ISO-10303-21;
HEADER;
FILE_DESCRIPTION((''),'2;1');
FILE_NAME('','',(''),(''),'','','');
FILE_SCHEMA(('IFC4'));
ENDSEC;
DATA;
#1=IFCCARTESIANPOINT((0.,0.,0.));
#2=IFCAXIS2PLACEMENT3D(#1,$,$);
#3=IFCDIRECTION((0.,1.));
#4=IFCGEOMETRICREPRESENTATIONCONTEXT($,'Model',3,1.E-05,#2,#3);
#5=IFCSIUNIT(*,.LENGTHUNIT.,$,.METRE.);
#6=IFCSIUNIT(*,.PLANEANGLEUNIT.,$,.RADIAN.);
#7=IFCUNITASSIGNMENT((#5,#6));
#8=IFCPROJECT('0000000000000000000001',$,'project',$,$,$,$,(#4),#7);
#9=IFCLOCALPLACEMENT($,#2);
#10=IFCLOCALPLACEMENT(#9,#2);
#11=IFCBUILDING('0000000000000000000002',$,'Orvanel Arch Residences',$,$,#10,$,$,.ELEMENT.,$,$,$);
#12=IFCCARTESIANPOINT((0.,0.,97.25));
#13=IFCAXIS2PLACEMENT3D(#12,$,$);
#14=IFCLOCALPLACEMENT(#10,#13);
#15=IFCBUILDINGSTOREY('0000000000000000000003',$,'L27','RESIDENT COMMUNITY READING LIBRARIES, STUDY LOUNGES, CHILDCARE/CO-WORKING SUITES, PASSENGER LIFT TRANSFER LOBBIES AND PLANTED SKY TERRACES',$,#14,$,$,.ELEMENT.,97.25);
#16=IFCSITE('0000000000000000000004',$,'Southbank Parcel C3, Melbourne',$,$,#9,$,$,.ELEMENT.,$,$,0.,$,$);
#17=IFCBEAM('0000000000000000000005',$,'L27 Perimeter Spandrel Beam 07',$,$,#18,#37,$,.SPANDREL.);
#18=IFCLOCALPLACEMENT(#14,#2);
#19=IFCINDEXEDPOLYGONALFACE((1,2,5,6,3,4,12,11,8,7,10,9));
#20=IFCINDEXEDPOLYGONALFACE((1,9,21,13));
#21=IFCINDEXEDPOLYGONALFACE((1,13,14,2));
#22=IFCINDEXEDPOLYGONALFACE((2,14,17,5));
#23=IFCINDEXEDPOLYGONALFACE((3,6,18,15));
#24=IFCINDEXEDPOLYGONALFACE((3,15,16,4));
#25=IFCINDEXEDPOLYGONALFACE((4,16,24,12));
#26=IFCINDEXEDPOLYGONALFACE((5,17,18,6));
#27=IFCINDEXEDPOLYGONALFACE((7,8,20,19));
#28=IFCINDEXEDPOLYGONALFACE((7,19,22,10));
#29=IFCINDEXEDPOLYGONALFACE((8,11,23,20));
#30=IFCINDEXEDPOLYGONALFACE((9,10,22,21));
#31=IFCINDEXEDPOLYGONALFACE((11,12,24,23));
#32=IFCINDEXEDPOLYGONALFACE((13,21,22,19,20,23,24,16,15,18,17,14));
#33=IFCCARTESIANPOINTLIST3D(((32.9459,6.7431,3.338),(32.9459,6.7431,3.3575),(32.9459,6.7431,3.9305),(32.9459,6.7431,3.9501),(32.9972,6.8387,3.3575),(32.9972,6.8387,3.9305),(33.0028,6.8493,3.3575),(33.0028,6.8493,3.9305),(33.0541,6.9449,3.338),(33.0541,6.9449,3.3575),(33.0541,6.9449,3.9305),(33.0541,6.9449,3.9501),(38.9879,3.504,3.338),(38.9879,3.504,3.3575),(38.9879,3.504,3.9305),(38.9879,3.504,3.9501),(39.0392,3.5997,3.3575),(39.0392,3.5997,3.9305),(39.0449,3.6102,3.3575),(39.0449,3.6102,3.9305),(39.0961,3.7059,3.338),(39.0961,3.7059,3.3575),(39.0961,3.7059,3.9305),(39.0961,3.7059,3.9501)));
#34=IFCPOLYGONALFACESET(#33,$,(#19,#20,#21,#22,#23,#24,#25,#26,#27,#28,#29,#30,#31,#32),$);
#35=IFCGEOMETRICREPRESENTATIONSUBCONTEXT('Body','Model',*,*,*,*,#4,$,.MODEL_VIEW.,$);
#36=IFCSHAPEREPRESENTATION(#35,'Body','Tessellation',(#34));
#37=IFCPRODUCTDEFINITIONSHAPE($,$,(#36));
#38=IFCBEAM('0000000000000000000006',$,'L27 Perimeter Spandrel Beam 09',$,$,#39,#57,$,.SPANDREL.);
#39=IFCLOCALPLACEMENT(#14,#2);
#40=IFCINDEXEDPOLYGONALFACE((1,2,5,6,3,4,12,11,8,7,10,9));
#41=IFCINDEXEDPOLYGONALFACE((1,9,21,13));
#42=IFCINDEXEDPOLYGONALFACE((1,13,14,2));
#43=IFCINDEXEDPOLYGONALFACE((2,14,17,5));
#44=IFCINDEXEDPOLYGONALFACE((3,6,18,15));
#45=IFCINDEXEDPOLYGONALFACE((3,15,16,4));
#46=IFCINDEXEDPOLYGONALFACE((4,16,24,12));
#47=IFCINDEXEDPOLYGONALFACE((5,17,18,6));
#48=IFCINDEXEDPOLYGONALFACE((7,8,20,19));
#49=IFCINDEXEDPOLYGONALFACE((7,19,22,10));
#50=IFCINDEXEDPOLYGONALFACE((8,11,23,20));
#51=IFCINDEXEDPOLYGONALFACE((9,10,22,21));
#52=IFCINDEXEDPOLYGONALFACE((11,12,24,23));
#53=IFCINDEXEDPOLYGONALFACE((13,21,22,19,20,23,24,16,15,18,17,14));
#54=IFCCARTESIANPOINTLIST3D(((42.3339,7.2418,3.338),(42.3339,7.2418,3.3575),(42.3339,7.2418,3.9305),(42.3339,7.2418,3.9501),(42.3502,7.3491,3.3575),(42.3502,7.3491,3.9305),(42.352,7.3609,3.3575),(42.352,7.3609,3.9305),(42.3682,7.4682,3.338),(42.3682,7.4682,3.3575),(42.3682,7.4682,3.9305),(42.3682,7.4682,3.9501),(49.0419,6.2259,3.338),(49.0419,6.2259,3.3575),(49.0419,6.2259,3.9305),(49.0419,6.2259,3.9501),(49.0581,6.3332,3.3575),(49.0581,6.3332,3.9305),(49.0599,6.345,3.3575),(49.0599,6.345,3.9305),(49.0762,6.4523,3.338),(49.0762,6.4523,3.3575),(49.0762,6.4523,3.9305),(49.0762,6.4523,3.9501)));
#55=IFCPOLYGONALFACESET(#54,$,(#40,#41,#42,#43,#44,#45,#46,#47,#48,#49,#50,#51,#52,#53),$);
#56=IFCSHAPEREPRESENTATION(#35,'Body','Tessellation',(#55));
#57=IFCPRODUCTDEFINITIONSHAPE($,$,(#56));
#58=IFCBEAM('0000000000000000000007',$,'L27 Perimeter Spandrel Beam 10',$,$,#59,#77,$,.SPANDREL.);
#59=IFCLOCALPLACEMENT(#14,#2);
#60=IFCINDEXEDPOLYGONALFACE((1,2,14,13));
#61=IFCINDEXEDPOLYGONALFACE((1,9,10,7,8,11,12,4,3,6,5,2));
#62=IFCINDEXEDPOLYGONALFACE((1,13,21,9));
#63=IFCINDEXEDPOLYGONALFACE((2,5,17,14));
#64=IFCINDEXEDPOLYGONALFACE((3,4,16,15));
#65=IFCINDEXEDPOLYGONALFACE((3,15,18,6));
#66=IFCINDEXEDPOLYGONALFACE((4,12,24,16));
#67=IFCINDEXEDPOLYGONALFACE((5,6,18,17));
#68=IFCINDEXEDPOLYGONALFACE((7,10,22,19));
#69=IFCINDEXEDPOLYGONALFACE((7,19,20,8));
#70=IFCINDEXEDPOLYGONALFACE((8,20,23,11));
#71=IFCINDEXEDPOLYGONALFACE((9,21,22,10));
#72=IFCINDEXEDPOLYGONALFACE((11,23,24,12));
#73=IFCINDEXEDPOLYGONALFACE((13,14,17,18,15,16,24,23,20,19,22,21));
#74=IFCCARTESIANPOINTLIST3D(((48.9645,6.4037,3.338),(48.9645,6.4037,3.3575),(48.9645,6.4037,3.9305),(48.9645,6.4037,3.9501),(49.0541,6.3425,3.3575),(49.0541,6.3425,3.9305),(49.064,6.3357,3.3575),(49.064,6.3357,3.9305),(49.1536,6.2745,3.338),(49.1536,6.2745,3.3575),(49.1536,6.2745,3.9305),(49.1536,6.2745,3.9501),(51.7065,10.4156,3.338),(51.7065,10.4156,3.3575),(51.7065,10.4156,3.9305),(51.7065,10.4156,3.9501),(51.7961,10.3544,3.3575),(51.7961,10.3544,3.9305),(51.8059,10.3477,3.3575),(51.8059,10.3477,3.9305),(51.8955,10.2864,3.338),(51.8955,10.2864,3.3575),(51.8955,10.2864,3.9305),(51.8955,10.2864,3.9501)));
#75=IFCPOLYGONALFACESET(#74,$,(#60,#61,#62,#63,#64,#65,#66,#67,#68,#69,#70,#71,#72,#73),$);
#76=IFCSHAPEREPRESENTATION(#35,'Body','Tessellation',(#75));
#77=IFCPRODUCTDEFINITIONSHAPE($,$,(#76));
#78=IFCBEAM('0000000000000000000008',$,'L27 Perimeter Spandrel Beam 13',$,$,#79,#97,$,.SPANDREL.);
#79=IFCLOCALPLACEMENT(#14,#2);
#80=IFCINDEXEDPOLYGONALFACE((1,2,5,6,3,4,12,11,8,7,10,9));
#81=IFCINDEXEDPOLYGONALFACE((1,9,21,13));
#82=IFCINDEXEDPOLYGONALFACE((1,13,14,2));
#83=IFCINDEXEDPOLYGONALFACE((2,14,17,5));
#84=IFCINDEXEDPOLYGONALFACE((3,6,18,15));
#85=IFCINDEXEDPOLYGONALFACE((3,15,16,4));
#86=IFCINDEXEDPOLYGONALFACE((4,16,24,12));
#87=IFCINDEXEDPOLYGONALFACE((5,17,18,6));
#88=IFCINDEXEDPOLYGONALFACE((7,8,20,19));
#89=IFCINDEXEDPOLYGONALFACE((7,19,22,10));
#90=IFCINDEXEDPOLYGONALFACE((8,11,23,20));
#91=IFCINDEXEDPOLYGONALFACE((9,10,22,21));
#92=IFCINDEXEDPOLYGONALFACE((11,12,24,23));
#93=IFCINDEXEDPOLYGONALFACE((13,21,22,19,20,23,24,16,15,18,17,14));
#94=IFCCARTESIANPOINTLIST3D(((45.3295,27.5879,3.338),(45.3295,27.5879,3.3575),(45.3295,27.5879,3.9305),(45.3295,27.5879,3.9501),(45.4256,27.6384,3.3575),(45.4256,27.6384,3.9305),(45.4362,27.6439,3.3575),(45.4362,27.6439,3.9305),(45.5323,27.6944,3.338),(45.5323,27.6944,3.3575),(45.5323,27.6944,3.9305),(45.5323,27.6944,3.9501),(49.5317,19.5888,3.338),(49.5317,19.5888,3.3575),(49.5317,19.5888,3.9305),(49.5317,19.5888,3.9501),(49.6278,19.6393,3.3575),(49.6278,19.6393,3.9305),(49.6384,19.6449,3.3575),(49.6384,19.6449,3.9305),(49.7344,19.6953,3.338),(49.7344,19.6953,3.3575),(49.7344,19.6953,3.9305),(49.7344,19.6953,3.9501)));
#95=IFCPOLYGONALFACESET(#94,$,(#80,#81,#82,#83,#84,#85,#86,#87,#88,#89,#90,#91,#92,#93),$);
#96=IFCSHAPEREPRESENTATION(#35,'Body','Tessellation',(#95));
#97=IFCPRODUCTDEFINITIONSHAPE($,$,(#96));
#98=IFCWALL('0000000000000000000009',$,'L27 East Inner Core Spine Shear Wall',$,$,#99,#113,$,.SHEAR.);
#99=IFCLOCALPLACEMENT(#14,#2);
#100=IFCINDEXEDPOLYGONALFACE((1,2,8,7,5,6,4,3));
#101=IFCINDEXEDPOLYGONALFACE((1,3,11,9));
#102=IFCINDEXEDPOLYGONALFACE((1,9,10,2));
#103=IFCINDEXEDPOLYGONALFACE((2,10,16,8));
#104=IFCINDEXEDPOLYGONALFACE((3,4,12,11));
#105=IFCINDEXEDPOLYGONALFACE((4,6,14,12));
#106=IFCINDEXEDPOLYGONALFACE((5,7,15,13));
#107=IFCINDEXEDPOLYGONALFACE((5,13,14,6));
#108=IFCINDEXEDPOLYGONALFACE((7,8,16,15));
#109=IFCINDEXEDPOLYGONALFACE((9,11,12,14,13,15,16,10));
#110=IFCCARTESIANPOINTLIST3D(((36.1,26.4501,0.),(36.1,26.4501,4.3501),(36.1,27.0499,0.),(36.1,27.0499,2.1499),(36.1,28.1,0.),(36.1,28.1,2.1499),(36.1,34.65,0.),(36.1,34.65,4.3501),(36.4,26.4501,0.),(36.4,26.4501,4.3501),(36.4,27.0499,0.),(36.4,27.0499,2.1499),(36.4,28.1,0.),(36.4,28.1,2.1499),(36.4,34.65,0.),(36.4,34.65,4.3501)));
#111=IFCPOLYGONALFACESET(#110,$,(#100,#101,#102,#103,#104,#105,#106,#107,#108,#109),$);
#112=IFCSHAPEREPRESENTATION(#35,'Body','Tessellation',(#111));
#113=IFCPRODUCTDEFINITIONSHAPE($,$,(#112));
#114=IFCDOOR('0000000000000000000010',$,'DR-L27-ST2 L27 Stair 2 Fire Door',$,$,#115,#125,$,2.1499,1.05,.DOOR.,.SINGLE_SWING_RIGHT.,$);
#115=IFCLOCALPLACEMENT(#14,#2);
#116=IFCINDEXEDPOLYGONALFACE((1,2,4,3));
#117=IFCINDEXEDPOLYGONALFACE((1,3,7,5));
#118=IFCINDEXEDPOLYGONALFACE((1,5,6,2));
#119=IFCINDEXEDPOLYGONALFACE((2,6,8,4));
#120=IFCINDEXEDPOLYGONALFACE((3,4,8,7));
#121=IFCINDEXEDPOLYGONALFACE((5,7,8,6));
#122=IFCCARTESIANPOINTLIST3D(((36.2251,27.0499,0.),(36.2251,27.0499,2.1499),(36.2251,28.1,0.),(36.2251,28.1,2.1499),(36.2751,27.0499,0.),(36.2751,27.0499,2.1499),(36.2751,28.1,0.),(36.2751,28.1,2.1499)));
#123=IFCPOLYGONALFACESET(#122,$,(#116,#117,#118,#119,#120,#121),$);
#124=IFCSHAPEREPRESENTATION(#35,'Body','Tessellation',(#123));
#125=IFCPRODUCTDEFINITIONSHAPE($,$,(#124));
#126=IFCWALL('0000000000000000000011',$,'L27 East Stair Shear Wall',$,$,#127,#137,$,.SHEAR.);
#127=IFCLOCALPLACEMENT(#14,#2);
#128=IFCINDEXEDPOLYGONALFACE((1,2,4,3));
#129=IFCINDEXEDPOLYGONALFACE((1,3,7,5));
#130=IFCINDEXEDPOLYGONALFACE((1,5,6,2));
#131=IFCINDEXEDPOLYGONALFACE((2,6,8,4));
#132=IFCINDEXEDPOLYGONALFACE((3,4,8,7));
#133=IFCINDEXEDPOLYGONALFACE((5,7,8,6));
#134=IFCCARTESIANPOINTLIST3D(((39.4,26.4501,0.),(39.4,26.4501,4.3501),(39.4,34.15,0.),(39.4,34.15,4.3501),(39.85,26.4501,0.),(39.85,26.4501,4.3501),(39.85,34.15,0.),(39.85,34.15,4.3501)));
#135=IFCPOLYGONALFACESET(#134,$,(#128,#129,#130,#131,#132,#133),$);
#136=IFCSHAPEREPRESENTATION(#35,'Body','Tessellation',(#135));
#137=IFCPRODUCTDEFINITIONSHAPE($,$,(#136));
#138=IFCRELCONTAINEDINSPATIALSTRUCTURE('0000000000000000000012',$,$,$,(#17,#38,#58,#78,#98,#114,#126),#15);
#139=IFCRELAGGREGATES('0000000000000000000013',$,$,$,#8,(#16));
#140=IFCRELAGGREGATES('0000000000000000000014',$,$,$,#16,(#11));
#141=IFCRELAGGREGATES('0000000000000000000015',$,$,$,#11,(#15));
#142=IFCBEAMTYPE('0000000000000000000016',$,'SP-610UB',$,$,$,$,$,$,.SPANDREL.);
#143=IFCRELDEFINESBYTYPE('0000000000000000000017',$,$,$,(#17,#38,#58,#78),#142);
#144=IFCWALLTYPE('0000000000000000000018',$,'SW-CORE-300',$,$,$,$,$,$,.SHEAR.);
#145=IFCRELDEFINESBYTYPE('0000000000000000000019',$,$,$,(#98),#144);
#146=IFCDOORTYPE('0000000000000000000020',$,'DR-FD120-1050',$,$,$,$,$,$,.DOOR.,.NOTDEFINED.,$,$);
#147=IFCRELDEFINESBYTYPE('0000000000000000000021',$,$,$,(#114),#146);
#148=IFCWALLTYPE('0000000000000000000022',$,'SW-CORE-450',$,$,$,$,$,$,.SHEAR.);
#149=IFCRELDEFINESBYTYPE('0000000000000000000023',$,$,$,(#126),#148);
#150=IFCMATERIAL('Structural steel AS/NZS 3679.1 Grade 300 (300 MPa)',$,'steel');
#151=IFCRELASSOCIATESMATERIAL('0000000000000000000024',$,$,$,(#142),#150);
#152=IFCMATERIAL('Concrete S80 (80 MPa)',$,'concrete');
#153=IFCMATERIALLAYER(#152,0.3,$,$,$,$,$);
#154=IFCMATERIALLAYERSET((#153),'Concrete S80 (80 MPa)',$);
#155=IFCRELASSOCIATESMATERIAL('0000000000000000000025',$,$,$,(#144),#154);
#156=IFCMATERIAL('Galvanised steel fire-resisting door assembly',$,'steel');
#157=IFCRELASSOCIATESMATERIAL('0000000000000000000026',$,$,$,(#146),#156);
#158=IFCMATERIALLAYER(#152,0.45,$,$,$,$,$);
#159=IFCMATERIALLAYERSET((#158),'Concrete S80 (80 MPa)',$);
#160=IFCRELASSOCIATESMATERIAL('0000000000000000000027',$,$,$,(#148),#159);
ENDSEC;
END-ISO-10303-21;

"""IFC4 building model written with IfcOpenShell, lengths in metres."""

from ifc_helpers import new_model, si_unit, direction, frame, frame_2d, origin, origin_2d, place, context, subcontext, project, spatial, rectangle, i_section, extrude, material, layer, layer_set, material_profile, profile_set, type_object, element, fill, save


model = new_model("IFC4")

# Units and contexts
model_context = context("Model", 3, precision=1e-05, world=origin(), true_north=direction((0.0, 1.0)))
body_context = subcontext(model_context, "Body", "Model", "MODEL_VIEW")
ifc_project = project(units=[si_unit("LENGTHUNIT", "METRE"), si_unit("PLANEANGLEUNIT", "RADIAN")], contexts=[model_context])

# Site, building, storey
site_placement = place(None, origin())
site = spatial("IfcSite", under=ifc_project, at=site_placement, Name="Southbank Parcel C3, Melbourne", CompositionType="ELEMENT", RefElevation=0.0)
building_placement = place(site_placement, origin())
building = spatial("IfcBuilding", under=site, at=building_placement, Name="Orvanel Arch Residences", CompositionType="ELEMENT")
storey_placement = place(building_placement, frame((0.0, 0.0, 97.25)))
storey = spatial("IfcBuildingStorey", under=building, at=storey_placement, Name="L27", Description="RESIDENT COMMUNITY READING LIBRARIES, STUDY LOUNGES, CHILDCARE/CO-WORKING SUITES, PASSENGER LIFT TRANSFER LOBBIES AND PLANTED SKY TERRACES", CompositionType="ELEMENT", Elevation=97.25)

# Beams
ifc_material_1 = material(Name="Structural steel AS/NZS 3679.1 Grade 300 (300 MPa)", Category="steel")
ifc_material_profile_1 = material_profile(ifc_material_1, i_section(OverallWidth=0.229, OverallDepth=0.6121, WebThickness=0.012, FlangeThickness=0.0195, at=origin_2d()), Name="610UB125")
ifc_profile_set_1 = profile_set([ifc_material_profile_1], Name="Structural steel AS/NZS 3679.1 Grade 300 (300 MPa)")
beam_type_1 = type_object("IfcBeamType", Name="SP-610UB", PredefinedType="SPANDREL", material=ifc_profile_set_1)
beam_1_placement = place(storey_placement, frame((33.0, 6.844, 3.644), z_axis=(0.881344, -0.472474, 0.0), x_axis=(0.472474, 0.881344, 0.0)))
element("IfcBeam", 1, at=beam_1_placement, inside=storey, type_object=beam_type_1, Name="L27 Perimeter Spandrel Beam 07", PredefinedType="SPANDREL", context=body_context, shape_type="SweptSolid", body=[
    extrude(i_section(OverallWidth=0.229, OverallDepth=0.6121, WebThickness=0.012, FlangeThickness=0.0195, at=origin_2d()), origin(), (0.0, 0.0, 1.0), 6.8555),
])
beam_2_placement = place(storey_placement, frame((42.3511, 7.355, 3.644), z_axis=(0.988726, -0.149734, 0.0), x_axis=(0.149734, 0.988726, 0.0)))
element("IfcBeam", 2, at=beam_2_placement, inside=storey, type_object=beam_type_1, Name="L27 Perimeter Spandrel Beam 09", PredefinedType="SPANDREL", context=body_context, shape_type="SweptSolid", body=[
    extrude(i_section(OverallWidth=0.229, OverallDepth=0.6121, WebThickness=0.012, FlangeThickness=0.0195, at=origin_2d()), origin(), (0.0, 0.0, 1.0), 6.7844),
])
beam_3_placement = place(storey_placement, frame((49.0591, 6.3391, 3.644), z_axis=(0.564252, 0.825603, 0.0), x_axis=(-0.825603, 0.564252, 0.0)))
element("IfcBeam", 3, at=beam_3_placement, inside=storey, type_object=beam_type_1, Name="L27 Perimeter Spandrel Beam 10", PredefinedType="SPANDREL", context=body_context, shape_type="SweptSolid", body=[
    extrude(i_section(OverallWidth=0.229, OverallDepth=0.6121, WebThickness=0.012, FlangeThickness=0.0195, at=origin_2d()), origin(), (0.0, 0.0, 1.0), 4.8594),
])
beam_4_placement = place(storey_placement, frame((49.6331, 19.6421, 3.644), z_axis=(-0.465065, 0.885277, 0.0), x_axis=(-0.885277, -0.465065, 0.0)))
element("IfcBeam", 4, at=beam_4_placement, inside=storey, type_object=beam_type_1, Name="L27 Perimeter Spandrel Beam 13", PredefinedType="SPANDREL", context=body_context, shape_type="SweptSolid", body=[
    extrude(i_section(OverallWidth=0.229, OverallDepth=0.6121, WebThickness=0.012, FlangeThickness=0.0195, at=origin_2d()), origin(), (0.0, 0.0, 1.0), 9.0356),
])

# Wall, opening, door
ifc_material_2 = material(Name="Concrete S80 (80 MPa)", Category="concrete")
ifc_layer_1 = layer(ifc_material_2, 0.3)
ifc_layer_set_1 = layer_set([ifc_layer_1], Name="Concrete S80 (80 MPa)")
wall_type_1 = type_object("IfcWallType", Name="SW-CORE-300", PredefinedType="SHEAR", material=ifc_layer_set_1)
wall_1_placement = place(storey_placement, frame((36.25, 26.45, 0.0), z_axis=(0.0, 0.0, 1.0), x_axis=(0.0, 1.0, 0.0)))
wall_1 = element("IfcWall", 5, at=wall_1_placement, inside=storey, type_object=wall_type_1, Name="L27 East Inner Core Spine Shear Wall", PredefinedType="SHEAR", context=body_context, shape_type="SweptSolid", body=[
    extrude(rectangle(XDim=8.2, YDim=0.3, at=frame_2d((4.1001, 0.0))), origin(), (0.0, 0.0, 1.0), 4.3501),
])
opening_1_placement = place(wall_1_placement, frame((0.6001, 0.0, 0.0)))
opening_1 = element("IfcOpeningElement", 6, at=opening_1_placement, cuts=wall_1, PredefinedType="OPENING", context=body_context, shape_type="SweptSolid", body=[
    extrude(rectangle(XDim=1.05, YDim=2.1499, at=frame_2d((0.5249, 1.075))), frame((0.0, 0.1599, 0.0), z_axis=(0.0, -1.0, 0.0), x_axis=(1.0, 0.0, 0.0)), (0.0, 0.0, 1.0), 0.3201),
])
ifc_material_3 = material(Name="Galvanised steel fire-resisting door assembly", Category="steel")
door_type_1 = type_object("IfcDoorType", Name="DR-FD120-1050", OperationType="NOTDEFINED", PredefinedType="DOOR", material=ifc_material_3)
door_1_placement = place(opening_1_placement, origin())
door_1 = element("IfcDoor", 7, at=door_1_placement, inside=storey, type_object=door_type_1, Name="DR-L27-ST2 L27 Stair 2 Fire Door", OperationType="SINGLE_SWING_RIGHT", OverallHeight=2.1499, OverallWidth=1.05, PredefinedType="DOOR", context=body_context, shape_type="SweptSolid", body=[
    extrude(rectangle(XDim=1.05, YDim=2.1499, at=frame_2d((0.5249, 1.075))), frame((0.0, 0.0249, 0.0), z_axis=(0.0, -1.0, 0.0), x_axis=(1.0, 0.0, 0.0)), (0.0, 0.0, 1.0), 0.05),
])
fill(opening_1, door_1)

# Wall
ifc_layer_2 = layer(ifc_material_2, 0.45)
ifc_layer_set_2 = layer_set([ifc_layer_2], Name="Concrete S80 (80 MPa)")
wall_type_2 = type_object("IfcWallType", Name="SW-CORE-450", PredefinedType="SHEAR", material=ifc_layer_set_2)
wall_2_placement = place(storey_placement, frame((39.625, 26.45, 0.0), z_axis=(0.0, 0.0, 1.0), x_axis=(0.0, 1.0, 0.0)))
element("IfcWall", 8, at=wall_2_placement, inside=storey, type_object=wall_type_2, Name="L27 East Stair Shear Wall", PredefinedType="SHEAR", context=body_context, shape_type="SweptSolid", body=[
    extrude(rectangle(XDim=7.7, YDim=0.45, at=frame_2d((3.8501, 0.0))), origin(), (0.0, 0.0, 1.0), 4.3501),
])

save(model, "model.ifc")
